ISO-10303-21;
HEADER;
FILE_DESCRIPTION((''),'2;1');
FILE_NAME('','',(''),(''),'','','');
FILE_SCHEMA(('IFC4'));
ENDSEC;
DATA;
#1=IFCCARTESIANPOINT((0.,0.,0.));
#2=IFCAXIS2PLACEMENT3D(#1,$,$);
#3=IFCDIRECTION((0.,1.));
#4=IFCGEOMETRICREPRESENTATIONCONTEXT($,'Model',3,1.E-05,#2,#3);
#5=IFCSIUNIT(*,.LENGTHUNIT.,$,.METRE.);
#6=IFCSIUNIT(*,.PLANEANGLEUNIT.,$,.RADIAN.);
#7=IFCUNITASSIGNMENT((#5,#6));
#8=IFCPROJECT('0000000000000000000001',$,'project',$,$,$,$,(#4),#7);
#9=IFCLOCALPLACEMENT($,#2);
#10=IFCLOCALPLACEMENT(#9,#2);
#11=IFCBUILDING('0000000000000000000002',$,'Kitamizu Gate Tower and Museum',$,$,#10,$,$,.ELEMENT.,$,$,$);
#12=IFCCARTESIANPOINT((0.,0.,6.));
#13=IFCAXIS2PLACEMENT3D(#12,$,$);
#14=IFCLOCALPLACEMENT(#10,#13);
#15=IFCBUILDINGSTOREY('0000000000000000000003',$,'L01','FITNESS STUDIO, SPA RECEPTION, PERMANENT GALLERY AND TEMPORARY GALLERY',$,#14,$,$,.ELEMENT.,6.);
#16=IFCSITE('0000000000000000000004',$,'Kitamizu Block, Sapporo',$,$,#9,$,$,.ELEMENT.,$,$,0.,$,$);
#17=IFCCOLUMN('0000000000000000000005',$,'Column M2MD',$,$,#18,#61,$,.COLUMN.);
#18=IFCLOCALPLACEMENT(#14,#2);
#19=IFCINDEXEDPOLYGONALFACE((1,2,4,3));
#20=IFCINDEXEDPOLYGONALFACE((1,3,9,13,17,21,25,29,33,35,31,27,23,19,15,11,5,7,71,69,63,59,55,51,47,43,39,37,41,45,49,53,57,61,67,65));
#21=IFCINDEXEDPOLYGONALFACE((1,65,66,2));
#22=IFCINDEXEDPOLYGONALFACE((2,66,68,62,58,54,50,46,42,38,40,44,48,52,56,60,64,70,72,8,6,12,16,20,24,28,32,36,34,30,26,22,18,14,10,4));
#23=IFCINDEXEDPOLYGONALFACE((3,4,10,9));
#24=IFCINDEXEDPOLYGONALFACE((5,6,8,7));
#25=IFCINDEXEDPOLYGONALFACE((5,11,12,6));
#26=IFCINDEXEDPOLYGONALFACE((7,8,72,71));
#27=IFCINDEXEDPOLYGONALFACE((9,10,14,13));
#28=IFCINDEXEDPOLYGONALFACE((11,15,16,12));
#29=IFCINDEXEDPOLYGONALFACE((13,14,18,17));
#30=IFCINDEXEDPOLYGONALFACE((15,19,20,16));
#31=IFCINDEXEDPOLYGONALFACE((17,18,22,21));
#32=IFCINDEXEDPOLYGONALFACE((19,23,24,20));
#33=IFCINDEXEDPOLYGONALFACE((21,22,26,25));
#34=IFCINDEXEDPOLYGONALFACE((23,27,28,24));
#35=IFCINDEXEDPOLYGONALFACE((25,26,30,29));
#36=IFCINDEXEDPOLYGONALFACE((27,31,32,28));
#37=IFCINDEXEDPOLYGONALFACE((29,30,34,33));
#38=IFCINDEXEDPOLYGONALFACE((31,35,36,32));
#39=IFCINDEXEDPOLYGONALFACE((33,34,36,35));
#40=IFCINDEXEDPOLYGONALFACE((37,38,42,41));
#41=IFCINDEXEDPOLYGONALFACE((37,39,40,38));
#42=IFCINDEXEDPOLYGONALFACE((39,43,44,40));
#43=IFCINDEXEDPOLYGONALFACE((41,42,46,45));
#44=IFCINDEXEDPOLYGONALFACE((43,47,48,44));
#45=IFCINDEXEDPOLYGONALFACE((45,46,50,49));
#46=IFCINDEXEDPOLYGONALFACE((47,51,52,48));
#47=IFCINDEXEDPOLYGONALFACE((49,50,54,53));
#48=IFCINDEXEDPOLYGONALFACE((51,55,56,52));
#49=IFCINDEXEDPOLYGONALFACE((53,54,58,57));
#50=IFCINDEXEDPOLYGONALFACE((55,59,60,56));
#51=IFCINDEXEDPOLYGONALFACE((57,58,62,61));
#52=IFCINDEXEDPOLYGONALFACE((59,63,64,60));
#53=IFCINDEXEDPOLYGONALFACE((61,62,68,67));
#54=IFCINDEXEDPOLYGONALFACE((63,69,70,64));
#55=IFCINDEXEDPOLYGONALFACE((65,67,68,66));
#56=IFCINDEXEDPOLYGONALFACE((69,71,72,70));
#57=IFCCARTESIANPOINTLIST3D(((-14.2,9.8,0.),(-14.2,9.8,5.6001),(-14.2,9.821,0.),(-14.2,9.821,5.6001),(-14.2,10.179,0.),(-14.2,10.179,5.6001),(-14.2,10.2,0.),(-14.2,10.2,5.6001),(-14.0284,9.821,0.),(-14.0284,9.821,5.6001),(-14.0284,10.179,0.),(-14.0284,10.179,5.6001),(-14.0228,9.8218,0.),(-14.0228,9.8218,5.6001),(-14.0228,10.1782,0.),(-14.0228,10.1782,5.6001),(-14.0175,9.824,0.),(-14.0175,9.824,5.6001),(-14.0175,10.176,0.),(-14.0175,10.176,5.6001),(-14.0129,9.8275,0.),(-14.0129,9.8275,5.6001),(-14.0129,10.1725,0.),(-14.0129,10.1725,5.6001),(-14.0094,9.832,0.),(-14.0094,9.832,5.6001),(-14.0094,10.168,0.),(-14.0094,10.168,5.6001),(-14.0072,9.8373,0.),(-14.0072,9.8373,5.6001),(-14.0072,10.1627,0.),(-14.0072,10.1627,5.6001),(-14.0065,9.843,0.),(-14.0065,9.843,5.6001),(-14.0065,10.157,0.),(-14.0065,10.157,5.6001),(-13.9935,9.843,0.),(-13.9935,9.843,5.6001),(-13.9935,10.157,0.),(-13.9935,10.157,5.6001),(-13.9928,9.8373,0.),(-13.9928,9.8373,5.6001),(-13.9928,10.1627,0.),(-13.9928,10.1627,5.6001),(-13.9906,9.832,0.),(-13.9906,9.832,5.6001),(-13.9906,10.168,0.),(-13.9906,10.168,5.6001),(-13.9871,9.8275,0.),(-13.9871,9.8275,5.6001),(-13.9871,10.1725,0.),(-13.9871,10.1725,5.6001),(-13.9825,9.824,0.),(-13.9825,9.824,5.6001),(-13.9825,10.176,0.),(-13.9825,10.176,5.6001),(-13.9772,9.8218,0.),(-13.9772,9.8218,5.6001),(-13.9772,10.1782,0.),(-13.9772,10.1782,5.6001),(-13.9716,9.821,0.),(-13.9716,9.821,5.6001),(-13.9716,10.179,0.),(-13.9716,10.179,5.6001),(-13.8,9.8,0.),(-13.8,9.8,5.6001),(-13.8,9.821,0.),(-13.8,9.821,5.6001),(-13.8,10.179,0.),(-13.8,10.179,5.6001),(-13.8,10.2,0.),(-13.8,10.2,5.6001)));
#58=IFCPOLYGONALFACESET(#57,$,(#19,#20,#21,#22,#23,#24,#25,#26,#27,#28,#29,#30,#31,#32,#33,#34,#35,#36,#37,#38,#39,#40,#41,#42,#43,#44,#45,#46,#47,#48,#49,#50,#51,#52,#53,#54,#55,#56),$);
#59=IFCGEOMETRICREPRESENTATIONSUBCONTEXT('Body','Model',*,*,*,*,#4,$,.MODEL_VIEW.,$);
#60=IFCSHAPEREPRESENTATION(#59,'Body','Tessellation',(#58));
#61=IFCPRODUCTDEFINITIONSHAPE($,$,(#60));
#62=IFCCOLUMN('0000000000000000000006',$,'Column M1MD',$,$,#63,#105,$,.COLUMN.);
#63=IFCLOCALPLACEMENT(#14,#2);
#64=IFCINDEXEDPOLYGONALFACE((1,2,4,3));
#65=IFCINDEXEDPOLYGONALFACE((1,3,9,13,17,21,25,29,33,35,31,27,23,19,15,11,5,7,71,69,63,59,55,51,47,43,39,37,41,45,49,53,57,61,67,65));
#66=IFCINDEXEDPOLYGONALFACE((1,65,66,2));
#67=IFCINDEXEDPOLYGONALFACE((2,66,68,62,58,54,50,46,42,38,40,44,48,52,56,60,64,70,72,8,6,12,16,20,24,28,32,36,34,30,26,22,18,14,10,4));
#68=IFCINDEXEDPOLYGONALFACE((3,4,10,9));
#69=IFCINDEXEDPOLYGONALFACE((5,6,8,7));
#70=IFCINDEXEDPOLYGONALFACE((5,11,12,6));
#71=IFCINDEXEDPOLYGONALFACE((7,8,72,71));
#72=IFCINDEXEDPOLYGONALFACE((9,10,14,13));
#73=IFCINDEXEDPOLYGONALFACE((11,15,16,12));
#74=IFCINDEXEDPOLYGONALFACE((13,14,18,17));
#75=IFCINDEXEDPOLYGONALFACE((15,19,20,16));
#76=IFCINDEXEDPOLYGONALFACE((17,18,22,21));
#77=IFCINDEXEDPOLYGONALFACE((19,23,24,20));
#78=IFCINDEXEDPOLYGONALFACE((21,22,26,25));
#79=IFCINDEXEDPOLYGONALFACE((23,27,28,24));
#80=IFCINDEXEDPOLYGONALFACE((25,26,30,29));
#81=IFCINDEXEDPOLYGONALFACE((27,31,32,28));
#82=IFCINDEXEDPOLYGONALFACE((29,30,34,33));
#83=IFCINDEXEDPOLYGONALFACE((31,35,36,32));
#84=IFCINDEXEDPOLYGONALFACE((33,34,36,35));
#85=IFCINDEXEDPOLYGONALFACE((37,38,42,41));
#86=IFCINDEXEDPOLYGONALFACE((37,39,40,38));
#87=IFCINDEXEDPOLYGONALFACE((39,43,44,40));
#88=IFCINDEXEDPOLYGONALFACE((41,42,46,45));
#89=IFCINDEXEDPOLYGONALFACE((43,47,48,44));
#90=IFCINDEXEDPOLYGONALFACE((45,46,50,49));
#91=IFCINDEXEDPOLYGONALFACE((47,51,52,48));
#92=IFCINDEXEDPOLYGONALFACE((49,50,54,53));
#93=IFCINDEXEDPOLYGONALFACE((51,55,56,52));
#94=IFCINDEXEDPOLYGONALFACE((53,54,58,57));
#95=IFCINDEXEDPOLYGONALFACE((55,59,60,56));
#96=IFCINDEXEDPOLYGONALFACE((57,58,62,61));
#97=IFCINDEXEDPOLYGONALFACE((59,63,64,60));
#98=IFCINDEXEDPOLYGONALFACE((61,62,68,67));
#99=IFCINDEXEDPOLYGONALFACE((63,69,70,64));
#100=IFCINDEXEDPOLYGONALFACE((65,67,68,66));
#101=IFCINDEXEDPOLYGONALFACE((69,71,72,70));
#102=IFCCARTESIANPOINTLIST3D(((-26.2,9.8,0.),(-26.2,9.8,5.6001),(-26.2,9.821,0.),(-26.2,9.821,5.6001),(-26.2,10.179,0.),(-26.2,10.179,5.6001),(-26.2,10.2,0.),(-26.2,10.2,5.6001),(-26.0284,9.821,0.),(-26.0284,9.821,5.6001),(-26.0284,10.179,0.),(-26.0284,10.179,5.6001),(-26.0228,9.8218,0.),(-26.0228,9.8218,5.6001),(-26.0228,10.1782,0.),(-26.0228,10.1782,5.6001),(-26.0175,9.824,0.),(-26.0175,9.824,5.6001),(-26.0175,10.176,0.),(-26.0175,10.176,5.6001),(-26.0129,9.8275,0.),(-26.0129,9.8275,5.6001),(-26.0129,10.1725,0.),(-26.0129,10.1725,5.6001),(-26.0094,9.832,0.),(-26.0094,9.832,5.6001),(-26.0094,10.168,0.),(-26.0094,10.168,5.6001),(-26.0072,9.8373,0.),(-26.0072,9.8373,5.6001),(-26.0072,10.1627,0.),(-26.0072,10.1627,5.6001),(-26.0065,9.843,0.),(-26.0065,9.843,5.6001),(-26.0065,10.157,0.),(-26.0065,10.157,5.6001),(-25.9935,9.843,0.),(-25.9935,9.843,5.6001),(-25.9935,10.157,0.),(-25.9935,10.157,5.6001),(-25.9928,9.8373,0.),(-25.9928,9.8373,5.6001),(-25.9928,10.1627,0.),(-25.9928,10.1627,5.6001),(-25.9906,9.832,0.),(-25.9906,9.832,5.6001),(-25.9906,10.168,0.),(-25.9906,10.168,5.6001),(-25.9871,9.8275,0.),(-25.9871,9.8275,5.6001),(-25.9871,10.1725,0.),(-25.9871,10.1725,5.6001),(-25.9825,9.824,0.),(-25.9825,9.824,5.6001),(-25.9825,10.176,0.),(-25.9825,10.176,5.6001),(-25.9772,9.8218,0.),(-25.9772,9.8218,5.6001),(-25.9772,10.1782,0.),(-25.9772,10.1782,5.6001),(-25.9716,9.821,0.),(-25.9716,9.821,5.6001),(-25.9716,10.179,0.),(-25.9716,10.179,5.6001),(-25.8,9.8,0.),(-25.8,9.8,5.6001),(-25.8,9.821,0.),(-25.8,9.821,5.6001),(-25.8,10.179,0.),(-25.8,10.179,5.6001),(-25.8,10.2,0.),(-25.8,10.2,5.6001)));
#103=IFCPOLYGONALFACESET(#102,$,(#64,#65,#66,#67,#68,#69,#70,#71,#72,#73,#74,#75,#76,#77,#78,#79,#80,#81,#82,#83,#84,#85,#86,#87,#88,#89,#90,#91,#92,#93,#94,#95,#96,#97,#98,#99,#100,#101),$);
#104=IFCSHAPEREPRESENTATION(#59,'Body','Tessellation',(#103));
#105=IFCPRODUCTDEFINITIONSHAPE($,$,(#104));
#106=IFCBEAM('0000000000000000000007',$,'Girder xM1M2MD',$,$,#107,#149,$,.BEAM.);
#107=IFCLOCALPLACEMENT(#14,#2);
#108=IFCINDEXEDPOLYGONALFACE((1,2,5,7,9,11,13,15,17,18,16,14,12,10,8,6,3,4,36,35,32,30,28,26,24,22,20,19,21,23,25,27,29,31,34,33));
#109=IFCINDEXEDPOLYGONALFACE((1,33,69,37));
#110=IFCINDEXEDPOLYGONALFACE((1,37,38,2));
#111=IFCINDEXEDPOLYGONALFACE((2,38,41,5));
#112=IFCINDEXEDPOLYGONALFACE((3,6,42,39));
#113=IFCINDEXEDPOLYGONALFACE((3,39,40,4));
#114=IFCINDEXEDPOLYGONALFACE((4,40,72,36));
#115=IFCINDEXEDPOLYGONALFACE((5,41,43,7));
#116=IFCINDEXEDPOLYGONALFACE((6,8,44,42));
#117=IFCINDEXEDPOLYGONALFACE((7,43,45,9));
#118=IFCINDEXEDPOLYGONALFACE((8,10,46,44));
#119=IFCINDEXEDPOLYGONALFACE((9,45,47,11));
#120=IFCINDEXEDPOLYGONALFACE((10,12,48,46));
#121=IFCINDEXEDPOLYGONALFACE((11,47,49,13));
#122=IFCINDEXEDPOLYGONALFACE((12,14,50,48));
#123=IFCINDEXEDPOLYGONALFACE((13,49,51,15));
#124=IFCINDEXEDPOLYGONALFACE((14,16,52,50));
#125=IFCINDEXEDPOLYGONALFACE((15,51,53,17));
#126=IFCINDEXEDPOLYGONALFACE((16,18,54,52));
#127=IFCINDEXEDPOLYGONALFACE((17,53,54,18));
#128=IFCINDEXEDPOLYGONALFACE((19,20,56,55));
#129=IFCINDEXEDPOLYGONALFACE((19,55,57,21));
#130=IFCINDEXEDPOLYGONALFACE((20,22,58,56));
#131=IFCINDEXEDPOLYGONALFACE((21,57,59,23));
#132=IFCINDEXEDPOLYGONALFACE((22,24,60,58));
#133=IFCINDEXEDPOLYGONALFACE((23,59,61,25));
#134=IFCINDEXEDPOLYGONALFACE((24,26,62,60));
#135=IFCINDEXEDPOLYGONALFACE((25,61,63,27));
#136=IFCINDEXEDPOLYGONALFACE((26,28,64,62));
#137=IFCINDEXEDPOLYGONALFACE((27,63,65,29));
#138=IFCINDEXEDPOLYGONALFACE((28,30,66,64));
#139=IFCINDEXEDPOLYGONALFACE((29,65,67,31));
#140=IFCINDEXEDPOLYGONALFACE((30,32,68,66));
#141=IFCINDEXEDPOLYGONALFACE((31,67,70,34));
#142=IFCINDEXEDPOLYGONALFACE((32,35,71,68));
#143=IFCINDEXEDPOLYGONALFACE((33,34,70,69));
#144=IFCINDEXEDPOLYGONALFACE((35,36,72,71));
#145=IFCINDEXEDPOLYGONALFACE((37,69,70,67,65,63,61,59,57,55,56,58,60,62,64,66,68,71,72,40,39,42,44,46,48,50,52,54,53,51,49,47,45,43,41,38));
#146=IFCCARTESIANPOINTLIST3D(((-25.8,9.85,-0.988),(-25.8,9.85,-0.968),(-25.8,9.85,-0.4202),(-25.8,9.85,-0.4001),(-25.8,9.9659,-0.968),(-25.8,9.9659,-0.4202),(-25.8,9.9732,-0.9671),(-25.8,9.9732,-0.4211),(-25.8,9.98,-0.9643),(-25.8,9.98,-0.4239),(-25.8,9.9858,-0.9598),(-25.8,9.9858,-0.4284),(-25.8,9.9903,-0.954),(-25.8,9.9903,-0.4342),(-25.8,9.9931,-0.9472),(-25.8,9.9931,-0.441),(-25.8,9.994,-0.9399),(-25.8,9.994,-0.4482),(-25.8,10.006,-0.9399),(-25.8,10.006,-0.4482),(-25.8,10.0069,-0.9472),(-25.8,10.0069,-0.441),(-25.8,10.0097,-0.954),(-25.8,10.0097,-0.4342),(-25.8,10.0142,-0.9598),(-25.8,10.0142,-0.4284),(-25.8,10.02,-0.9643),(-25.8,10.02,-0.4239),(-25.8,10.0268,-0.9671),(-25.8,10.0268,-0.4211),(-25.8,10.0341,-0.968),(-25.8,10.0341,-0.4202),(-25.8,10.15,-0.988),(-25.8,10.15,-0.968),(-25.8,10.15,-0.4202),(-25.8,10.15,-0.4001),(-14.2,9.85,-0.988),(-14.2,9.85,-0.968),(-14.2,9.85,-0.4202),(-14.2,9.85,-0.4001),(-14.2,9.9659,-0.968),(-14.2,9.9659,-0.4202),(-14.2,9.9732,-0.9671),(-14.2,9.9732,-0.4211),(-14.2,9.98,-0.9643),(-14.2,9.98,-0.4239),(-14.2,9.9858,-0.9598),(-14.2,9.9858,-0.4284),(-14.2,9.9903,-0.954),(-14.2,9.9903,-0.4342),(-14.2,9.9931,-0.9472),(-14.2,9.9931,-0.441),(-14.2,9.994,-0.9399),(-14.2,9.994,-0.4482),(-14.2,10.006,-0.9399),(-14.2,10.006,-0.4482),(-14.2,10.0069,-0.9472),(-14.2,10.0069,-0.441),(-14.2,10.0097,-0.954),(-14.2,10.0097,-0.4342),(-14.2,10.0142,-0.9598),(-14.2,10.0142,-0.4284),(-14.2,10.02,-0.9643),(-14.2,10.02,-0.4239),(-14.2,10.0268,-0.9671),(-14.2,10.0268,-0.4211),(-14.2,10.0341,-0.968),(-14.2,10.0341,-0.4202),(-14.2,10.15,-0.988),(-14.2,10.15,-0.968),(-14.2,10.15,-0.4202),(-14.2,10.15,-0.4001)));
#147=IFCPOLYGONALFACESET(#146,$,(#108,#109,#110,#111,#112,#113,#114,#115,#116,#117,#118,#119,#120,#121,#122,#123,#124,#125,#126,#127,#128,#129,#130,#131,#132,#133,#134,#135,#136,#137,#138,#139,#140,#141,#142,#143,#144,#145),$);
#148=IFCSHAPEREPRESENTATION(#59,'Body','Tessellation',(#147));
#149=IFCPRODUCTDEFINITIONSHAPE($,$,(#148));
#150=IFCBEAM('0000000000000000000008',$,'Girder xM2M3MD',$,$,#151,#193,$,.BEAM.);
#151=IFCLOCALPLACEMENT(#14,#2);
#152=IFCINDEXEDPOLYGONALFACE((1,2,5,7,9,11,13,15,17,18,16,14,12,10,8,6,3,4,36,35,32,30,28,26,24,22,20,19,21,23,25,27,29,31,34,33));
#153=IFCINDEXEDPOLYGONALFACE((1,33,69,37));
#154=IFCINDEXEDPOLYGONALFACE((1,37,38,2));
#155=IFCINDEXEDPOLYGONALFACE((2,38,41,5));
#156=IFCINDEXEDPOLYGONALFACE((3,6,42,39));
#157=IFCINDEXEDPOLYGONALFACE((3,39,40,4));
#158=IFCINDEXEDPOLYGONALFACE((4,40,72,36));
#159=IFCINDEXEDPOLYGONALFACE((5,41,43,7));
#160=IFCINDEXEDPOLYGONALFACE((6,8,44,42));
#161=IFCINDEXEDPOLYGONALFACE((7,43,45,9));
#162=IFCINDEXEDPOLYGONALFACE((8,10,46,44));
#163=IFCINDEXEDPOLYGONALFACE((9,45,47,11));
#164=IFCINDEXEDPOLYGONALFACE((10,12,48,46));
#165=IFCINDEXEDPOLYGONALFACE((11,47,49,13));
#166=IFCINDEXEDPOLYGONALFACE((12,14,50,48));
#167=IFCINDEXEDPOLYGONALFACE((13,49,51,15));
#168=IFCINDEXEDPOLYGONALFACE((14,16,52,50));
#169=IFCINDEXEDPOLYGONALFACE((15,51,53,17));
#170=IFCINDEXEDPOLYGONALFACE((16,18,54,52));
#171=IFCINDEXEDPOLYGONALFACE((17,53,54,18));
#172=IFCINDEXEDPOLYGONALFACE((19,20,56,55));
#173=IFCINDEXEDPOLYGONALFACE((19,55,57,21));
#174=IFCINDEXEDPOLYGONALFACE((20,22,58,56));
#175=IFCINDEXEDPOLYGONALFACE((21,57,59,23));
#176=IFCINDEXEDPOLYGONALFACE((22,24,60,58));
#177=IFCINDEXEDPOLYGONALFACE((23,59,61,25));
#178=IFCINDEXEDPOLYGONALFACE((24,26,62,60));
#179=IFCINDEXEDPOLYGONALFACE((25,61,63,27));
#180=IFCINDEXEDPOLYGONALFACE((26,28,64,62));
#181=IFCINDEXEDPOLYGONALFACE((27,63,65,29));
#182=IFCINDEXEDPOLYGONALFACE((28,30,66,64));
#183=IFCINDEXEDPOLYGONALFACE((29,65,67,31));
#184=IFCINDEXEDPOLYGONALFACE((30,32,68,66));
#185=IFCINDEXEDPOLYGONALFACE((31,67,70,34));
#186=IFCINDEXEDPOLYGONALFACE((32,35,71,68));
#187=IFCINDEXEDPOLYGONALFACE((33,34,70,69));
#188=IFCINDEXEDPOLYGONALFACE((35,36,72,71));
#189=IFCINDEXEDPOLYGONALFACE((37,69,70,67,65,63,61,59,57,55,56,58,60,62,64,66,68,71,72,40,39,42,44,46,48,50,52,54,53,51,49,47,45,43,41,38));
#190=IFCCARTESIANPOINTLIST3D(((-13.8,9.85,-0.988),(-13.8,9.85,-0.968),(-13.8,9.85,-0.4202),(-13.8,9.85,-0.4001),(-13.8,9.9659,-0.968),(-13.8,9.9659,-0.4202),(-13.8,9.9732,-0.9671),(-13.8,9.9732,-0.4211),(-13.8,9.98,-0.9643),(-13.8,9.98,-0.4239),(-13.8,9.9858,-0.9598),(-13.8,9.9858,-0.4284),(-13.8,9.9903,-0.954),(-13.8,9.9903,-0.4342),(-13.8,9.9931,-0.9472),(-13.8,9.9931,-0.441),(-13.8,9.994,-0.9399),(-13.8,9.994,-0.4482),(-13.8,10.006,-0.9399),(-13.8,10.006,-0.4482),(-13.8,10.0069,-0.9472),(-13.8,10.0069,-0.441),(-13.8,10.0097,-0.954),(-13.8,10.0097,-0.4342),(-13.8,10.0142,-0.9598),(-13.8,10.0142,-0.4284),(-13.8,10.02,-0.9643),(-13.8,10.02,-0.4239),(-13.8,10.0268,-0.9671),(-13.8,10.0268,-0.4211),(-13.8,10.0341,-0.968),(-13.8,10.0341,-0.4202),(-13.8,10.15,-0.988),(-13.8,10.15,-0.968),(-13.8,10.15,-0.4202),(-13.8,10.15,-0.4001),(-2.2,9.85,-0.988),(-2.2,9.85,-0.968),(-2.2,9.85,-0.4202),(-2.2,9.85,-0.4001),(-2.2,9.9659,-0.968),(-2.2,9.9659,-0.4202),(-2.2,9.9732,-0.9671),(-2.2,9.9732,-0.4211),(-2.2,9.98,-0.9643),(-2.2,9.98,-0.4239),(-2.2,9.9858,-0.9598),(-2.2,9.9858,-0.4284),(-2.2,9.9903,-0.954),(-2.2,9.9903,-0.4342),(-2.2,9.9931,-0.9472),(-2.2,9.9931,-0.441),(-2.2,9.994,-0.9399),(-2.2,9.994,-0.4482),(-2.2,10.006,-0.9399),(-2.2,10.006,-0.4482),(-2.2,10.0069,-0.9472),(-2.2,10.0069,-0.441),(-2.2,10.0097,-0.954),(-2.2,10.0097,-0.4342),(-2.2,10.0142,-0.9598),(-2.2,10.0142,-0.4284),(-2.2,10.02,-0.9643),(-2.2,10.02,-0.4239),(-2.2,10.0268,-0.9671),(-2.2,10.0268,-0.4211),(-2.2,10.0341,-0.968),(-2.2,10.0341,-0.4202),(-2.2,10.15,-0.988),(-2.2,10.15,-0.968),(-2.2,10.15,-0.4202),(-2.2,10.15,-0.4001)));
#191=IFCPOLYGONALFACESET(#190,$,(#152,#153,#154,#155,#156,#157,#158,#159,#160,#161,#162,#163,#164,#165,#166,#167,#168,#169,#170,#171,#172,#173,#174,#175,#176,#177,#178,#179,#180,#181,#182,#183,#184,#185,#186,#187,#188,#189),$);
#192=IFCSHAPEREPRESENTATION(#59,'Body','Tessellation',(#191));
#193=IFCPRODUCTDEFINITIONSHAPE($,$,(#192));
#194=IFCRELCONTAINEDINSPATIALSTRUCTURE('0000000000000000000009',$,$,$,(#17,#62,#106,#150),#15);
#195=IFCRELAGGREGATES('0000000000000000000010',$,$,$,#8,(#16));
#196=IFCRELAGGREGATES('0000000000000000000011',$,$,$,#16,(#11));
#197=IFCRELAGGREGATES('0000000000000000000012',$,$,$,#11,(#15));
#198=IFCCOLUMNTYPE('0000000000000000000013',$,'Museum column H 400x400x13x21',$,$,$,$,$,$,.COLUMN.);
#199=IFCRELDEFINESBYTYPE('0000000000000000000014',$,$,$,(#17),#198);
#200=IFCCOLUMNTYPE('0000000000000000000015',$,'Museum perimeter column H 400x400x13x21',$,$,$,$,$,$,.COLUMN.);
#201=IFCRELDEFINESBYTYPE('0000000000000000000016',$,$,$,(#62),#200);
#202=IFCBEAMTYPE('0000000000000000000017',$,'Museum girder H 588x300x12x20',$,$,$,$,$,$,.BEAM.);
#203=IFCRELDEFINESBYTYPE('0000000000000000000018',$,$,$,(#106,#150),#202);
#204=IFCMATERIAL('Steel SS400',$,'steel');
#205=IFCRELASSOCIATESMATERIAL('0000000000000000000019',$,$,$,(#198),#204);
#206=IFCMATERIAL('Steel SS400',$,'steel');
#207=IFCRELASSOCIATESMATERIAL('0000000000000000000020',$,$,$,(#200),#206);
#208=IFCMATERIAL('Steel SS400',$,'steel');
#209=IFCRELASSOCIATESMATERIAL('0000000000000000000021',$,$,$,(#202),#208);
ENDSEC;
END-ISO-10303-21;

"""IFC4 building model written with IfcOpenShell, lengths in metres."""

from ifc_helpers import new_model, si_unit, direction, frame, origin, origin_2d, place, context, subcontext, project, spatial, i_section, extrude, material, material_profile, profile_set, type_object, element, save


model = new_model("IFC4")

# Units and contexts
model_context = context("Model", 3, precision=1e-05, world=origin(), true_north=direction((0.0, 1.0)))
body_context = subcontext(model_context, "Body", "Model", "MODEL_VIEW")
ifc_project = project(units=[si_unit("LENGTHUNIT", "METRE"), si_unit("PLANEANGLEUNIT", "RADIAN")], contexts=[model_context])

# Site, building, storey
site_placement = place(None, origin())
site = spatial("IfcSite", under=ifc_project, at=site_placement, Name="Kitamizu Block, Sapporo", CompositionType="ELEMENT", RefElevation=0.0)
building_placement = place(site_placement, origin())
building = spatial("IfcBuilding", under=site, at=building_placement, Name="Kitamizu Gate Tower and Museum", CompositionType="ELEMENT")
storey_placement = place(building_placement, frame((0.0, 0.0, 6.0)))
storey = spatial("IfcBuildingStorey", under=building, at=storey_placement, Name="L01", Description="FITNESS STUDIO, SPA RECEPTION, PERMANENT GALLERY AND TEMPORARY GALLERY", CompositionType="ELEMENT", Elevation=6.0)

# Columns
ifc_material_1 = material(Name="Steel SS400", Category="steel")
ifc_material_profile_1 = material_profile(ifc_material_1, i_section(OverallWidth=0.3999, OverallDepth=0.3999, WebThickness=0.0129, FlangeThickness=0.021, FilletRadius=0.022, at=origin_2d()), Name="H-400x400x13x21")
ifc_profile_set_1 = profile_set([ifc_material_profile_1], Name="Steel SS400")
column_type_1 = type_object("IfcColumnType", Name="Museum column H 400x400x13x21", PredefinedType="COLUMN", material=ifc_profile_set_1)
column_1_placement = place(storey_placement, frame((-14.0, 10.0, 0.0), z_axis=(0.0, 0.0, 1.0), x_axis=(1.0, 0.0, 0.0)))
element("IfcColumn", 1, at=column_1_placement, inside=storey, type_object=column_type_1, Name="Column M2MD", PredefinedType="COLUMN", context=body_context, shape_type="SweptSolid", body=[
    extrude(i_section(OverallWidth=0.3999, OverallDepth=0.3999, WebThickness=0.0129, FlangeThickness=0.021, FilletRadius=0.022, at=origin_2d()), origin(), (0.0, 0.0, 1.0), 5.6001),
])
ifc_material_2 = material(Name="Steel SS400", Category="steel")
ifc_material_profile_2 = material_profile(ifc_material_2, i_section(OverallWidth=0.3999, OverallDepth=0.3999, WebThickness=0.0129, FlangeThickness=0.021, FilletRadius=0.022, at=origin_2d()), Name="H-400x400x13x21")
ifc_profile_set_2 = profile_set([ifc_material_profile_2], Name="Steel SS400")
column_type_2 = type_object("IfcColumnType", Name="Museum perimeter column H 400x400x13x21", PredefinedType="COLUMN", material=ifc_profile_set_2)
column_2_placement = place(storey_placement, frame((-26.0, 10.0, 0.0), z_axis=(0.0, 0.0, 1.0), x_axis=(1.0, 0.0, 0.0)))
element("IfcColumn", 2, at=column_2_placement, inside=storey, type_object=column_type_2, Name="Column M1MD", PredefinedType="COLUMN", context=body_context, shape_type="SweptSolid", body=[
    extrude(i_section(OverallWidth=0.3999, OverallDepth=0.3999, WebThickness=0.0129, FlangeThickness=0.021, FilletRadius=0.022, at=origin_2d()), origin(), (0.0, 0.0, 1.0), 5.6001),
])

# Beams
ifc_material_3 = material(Name="Steel SS400", Category="steel")
ifc_material_profile_3 = material_profile(ifc_material_3, i_section(OverallWidth=0.3, OverallDepth=0.5879, WebThickness=0.012, FlangeThickness=0.02, FilletRadius=0.0281, at=origin_2d()), Name="H-588x300x12x20")
ifc_profile_set_3 = profile_set([ifc_material_profile_3], Name="Steel SS400")
beam_type_1 = type_object("IfcBeamType", Name="Museum girder H 588x300x12x20", PredefinedType="BEAM", material=ifc_profile_set_3)
for number, where, z_axis, x_axis, name in (
    (3, (-25.8, 10.0, -0.6941), (1.0, 0.0, 0.0), (0.0, 1.0, 0.0), "Girder xM1M2MD"),
    (4, (-13.8, 10.0, -0.6941), (1.0, 0.0, 0.0), (0.0, 1.0, 0.0), "Girder xM2M3MD"),
):
    element("IfcBeam", number, at=place(storey_placement, frame(where, z_axis=z_axis, x_axis=x_axis)), inside=storey, type_object=beam_type_1, Name=name, PredefinedType="BEAM", context=body_context, shape_type="SweptSolid", body=[
        extrude(i_section(OverallWidth=0.3, OverallDepth=0.5879, WebThickness=0.012, FlangeThickness=0.02, FilletRadius=0.0281, at=origin_2d()), origin(), (0.0, 0.0, 1.0), 11.6001),
    ])

save(model, "model.ifc")
